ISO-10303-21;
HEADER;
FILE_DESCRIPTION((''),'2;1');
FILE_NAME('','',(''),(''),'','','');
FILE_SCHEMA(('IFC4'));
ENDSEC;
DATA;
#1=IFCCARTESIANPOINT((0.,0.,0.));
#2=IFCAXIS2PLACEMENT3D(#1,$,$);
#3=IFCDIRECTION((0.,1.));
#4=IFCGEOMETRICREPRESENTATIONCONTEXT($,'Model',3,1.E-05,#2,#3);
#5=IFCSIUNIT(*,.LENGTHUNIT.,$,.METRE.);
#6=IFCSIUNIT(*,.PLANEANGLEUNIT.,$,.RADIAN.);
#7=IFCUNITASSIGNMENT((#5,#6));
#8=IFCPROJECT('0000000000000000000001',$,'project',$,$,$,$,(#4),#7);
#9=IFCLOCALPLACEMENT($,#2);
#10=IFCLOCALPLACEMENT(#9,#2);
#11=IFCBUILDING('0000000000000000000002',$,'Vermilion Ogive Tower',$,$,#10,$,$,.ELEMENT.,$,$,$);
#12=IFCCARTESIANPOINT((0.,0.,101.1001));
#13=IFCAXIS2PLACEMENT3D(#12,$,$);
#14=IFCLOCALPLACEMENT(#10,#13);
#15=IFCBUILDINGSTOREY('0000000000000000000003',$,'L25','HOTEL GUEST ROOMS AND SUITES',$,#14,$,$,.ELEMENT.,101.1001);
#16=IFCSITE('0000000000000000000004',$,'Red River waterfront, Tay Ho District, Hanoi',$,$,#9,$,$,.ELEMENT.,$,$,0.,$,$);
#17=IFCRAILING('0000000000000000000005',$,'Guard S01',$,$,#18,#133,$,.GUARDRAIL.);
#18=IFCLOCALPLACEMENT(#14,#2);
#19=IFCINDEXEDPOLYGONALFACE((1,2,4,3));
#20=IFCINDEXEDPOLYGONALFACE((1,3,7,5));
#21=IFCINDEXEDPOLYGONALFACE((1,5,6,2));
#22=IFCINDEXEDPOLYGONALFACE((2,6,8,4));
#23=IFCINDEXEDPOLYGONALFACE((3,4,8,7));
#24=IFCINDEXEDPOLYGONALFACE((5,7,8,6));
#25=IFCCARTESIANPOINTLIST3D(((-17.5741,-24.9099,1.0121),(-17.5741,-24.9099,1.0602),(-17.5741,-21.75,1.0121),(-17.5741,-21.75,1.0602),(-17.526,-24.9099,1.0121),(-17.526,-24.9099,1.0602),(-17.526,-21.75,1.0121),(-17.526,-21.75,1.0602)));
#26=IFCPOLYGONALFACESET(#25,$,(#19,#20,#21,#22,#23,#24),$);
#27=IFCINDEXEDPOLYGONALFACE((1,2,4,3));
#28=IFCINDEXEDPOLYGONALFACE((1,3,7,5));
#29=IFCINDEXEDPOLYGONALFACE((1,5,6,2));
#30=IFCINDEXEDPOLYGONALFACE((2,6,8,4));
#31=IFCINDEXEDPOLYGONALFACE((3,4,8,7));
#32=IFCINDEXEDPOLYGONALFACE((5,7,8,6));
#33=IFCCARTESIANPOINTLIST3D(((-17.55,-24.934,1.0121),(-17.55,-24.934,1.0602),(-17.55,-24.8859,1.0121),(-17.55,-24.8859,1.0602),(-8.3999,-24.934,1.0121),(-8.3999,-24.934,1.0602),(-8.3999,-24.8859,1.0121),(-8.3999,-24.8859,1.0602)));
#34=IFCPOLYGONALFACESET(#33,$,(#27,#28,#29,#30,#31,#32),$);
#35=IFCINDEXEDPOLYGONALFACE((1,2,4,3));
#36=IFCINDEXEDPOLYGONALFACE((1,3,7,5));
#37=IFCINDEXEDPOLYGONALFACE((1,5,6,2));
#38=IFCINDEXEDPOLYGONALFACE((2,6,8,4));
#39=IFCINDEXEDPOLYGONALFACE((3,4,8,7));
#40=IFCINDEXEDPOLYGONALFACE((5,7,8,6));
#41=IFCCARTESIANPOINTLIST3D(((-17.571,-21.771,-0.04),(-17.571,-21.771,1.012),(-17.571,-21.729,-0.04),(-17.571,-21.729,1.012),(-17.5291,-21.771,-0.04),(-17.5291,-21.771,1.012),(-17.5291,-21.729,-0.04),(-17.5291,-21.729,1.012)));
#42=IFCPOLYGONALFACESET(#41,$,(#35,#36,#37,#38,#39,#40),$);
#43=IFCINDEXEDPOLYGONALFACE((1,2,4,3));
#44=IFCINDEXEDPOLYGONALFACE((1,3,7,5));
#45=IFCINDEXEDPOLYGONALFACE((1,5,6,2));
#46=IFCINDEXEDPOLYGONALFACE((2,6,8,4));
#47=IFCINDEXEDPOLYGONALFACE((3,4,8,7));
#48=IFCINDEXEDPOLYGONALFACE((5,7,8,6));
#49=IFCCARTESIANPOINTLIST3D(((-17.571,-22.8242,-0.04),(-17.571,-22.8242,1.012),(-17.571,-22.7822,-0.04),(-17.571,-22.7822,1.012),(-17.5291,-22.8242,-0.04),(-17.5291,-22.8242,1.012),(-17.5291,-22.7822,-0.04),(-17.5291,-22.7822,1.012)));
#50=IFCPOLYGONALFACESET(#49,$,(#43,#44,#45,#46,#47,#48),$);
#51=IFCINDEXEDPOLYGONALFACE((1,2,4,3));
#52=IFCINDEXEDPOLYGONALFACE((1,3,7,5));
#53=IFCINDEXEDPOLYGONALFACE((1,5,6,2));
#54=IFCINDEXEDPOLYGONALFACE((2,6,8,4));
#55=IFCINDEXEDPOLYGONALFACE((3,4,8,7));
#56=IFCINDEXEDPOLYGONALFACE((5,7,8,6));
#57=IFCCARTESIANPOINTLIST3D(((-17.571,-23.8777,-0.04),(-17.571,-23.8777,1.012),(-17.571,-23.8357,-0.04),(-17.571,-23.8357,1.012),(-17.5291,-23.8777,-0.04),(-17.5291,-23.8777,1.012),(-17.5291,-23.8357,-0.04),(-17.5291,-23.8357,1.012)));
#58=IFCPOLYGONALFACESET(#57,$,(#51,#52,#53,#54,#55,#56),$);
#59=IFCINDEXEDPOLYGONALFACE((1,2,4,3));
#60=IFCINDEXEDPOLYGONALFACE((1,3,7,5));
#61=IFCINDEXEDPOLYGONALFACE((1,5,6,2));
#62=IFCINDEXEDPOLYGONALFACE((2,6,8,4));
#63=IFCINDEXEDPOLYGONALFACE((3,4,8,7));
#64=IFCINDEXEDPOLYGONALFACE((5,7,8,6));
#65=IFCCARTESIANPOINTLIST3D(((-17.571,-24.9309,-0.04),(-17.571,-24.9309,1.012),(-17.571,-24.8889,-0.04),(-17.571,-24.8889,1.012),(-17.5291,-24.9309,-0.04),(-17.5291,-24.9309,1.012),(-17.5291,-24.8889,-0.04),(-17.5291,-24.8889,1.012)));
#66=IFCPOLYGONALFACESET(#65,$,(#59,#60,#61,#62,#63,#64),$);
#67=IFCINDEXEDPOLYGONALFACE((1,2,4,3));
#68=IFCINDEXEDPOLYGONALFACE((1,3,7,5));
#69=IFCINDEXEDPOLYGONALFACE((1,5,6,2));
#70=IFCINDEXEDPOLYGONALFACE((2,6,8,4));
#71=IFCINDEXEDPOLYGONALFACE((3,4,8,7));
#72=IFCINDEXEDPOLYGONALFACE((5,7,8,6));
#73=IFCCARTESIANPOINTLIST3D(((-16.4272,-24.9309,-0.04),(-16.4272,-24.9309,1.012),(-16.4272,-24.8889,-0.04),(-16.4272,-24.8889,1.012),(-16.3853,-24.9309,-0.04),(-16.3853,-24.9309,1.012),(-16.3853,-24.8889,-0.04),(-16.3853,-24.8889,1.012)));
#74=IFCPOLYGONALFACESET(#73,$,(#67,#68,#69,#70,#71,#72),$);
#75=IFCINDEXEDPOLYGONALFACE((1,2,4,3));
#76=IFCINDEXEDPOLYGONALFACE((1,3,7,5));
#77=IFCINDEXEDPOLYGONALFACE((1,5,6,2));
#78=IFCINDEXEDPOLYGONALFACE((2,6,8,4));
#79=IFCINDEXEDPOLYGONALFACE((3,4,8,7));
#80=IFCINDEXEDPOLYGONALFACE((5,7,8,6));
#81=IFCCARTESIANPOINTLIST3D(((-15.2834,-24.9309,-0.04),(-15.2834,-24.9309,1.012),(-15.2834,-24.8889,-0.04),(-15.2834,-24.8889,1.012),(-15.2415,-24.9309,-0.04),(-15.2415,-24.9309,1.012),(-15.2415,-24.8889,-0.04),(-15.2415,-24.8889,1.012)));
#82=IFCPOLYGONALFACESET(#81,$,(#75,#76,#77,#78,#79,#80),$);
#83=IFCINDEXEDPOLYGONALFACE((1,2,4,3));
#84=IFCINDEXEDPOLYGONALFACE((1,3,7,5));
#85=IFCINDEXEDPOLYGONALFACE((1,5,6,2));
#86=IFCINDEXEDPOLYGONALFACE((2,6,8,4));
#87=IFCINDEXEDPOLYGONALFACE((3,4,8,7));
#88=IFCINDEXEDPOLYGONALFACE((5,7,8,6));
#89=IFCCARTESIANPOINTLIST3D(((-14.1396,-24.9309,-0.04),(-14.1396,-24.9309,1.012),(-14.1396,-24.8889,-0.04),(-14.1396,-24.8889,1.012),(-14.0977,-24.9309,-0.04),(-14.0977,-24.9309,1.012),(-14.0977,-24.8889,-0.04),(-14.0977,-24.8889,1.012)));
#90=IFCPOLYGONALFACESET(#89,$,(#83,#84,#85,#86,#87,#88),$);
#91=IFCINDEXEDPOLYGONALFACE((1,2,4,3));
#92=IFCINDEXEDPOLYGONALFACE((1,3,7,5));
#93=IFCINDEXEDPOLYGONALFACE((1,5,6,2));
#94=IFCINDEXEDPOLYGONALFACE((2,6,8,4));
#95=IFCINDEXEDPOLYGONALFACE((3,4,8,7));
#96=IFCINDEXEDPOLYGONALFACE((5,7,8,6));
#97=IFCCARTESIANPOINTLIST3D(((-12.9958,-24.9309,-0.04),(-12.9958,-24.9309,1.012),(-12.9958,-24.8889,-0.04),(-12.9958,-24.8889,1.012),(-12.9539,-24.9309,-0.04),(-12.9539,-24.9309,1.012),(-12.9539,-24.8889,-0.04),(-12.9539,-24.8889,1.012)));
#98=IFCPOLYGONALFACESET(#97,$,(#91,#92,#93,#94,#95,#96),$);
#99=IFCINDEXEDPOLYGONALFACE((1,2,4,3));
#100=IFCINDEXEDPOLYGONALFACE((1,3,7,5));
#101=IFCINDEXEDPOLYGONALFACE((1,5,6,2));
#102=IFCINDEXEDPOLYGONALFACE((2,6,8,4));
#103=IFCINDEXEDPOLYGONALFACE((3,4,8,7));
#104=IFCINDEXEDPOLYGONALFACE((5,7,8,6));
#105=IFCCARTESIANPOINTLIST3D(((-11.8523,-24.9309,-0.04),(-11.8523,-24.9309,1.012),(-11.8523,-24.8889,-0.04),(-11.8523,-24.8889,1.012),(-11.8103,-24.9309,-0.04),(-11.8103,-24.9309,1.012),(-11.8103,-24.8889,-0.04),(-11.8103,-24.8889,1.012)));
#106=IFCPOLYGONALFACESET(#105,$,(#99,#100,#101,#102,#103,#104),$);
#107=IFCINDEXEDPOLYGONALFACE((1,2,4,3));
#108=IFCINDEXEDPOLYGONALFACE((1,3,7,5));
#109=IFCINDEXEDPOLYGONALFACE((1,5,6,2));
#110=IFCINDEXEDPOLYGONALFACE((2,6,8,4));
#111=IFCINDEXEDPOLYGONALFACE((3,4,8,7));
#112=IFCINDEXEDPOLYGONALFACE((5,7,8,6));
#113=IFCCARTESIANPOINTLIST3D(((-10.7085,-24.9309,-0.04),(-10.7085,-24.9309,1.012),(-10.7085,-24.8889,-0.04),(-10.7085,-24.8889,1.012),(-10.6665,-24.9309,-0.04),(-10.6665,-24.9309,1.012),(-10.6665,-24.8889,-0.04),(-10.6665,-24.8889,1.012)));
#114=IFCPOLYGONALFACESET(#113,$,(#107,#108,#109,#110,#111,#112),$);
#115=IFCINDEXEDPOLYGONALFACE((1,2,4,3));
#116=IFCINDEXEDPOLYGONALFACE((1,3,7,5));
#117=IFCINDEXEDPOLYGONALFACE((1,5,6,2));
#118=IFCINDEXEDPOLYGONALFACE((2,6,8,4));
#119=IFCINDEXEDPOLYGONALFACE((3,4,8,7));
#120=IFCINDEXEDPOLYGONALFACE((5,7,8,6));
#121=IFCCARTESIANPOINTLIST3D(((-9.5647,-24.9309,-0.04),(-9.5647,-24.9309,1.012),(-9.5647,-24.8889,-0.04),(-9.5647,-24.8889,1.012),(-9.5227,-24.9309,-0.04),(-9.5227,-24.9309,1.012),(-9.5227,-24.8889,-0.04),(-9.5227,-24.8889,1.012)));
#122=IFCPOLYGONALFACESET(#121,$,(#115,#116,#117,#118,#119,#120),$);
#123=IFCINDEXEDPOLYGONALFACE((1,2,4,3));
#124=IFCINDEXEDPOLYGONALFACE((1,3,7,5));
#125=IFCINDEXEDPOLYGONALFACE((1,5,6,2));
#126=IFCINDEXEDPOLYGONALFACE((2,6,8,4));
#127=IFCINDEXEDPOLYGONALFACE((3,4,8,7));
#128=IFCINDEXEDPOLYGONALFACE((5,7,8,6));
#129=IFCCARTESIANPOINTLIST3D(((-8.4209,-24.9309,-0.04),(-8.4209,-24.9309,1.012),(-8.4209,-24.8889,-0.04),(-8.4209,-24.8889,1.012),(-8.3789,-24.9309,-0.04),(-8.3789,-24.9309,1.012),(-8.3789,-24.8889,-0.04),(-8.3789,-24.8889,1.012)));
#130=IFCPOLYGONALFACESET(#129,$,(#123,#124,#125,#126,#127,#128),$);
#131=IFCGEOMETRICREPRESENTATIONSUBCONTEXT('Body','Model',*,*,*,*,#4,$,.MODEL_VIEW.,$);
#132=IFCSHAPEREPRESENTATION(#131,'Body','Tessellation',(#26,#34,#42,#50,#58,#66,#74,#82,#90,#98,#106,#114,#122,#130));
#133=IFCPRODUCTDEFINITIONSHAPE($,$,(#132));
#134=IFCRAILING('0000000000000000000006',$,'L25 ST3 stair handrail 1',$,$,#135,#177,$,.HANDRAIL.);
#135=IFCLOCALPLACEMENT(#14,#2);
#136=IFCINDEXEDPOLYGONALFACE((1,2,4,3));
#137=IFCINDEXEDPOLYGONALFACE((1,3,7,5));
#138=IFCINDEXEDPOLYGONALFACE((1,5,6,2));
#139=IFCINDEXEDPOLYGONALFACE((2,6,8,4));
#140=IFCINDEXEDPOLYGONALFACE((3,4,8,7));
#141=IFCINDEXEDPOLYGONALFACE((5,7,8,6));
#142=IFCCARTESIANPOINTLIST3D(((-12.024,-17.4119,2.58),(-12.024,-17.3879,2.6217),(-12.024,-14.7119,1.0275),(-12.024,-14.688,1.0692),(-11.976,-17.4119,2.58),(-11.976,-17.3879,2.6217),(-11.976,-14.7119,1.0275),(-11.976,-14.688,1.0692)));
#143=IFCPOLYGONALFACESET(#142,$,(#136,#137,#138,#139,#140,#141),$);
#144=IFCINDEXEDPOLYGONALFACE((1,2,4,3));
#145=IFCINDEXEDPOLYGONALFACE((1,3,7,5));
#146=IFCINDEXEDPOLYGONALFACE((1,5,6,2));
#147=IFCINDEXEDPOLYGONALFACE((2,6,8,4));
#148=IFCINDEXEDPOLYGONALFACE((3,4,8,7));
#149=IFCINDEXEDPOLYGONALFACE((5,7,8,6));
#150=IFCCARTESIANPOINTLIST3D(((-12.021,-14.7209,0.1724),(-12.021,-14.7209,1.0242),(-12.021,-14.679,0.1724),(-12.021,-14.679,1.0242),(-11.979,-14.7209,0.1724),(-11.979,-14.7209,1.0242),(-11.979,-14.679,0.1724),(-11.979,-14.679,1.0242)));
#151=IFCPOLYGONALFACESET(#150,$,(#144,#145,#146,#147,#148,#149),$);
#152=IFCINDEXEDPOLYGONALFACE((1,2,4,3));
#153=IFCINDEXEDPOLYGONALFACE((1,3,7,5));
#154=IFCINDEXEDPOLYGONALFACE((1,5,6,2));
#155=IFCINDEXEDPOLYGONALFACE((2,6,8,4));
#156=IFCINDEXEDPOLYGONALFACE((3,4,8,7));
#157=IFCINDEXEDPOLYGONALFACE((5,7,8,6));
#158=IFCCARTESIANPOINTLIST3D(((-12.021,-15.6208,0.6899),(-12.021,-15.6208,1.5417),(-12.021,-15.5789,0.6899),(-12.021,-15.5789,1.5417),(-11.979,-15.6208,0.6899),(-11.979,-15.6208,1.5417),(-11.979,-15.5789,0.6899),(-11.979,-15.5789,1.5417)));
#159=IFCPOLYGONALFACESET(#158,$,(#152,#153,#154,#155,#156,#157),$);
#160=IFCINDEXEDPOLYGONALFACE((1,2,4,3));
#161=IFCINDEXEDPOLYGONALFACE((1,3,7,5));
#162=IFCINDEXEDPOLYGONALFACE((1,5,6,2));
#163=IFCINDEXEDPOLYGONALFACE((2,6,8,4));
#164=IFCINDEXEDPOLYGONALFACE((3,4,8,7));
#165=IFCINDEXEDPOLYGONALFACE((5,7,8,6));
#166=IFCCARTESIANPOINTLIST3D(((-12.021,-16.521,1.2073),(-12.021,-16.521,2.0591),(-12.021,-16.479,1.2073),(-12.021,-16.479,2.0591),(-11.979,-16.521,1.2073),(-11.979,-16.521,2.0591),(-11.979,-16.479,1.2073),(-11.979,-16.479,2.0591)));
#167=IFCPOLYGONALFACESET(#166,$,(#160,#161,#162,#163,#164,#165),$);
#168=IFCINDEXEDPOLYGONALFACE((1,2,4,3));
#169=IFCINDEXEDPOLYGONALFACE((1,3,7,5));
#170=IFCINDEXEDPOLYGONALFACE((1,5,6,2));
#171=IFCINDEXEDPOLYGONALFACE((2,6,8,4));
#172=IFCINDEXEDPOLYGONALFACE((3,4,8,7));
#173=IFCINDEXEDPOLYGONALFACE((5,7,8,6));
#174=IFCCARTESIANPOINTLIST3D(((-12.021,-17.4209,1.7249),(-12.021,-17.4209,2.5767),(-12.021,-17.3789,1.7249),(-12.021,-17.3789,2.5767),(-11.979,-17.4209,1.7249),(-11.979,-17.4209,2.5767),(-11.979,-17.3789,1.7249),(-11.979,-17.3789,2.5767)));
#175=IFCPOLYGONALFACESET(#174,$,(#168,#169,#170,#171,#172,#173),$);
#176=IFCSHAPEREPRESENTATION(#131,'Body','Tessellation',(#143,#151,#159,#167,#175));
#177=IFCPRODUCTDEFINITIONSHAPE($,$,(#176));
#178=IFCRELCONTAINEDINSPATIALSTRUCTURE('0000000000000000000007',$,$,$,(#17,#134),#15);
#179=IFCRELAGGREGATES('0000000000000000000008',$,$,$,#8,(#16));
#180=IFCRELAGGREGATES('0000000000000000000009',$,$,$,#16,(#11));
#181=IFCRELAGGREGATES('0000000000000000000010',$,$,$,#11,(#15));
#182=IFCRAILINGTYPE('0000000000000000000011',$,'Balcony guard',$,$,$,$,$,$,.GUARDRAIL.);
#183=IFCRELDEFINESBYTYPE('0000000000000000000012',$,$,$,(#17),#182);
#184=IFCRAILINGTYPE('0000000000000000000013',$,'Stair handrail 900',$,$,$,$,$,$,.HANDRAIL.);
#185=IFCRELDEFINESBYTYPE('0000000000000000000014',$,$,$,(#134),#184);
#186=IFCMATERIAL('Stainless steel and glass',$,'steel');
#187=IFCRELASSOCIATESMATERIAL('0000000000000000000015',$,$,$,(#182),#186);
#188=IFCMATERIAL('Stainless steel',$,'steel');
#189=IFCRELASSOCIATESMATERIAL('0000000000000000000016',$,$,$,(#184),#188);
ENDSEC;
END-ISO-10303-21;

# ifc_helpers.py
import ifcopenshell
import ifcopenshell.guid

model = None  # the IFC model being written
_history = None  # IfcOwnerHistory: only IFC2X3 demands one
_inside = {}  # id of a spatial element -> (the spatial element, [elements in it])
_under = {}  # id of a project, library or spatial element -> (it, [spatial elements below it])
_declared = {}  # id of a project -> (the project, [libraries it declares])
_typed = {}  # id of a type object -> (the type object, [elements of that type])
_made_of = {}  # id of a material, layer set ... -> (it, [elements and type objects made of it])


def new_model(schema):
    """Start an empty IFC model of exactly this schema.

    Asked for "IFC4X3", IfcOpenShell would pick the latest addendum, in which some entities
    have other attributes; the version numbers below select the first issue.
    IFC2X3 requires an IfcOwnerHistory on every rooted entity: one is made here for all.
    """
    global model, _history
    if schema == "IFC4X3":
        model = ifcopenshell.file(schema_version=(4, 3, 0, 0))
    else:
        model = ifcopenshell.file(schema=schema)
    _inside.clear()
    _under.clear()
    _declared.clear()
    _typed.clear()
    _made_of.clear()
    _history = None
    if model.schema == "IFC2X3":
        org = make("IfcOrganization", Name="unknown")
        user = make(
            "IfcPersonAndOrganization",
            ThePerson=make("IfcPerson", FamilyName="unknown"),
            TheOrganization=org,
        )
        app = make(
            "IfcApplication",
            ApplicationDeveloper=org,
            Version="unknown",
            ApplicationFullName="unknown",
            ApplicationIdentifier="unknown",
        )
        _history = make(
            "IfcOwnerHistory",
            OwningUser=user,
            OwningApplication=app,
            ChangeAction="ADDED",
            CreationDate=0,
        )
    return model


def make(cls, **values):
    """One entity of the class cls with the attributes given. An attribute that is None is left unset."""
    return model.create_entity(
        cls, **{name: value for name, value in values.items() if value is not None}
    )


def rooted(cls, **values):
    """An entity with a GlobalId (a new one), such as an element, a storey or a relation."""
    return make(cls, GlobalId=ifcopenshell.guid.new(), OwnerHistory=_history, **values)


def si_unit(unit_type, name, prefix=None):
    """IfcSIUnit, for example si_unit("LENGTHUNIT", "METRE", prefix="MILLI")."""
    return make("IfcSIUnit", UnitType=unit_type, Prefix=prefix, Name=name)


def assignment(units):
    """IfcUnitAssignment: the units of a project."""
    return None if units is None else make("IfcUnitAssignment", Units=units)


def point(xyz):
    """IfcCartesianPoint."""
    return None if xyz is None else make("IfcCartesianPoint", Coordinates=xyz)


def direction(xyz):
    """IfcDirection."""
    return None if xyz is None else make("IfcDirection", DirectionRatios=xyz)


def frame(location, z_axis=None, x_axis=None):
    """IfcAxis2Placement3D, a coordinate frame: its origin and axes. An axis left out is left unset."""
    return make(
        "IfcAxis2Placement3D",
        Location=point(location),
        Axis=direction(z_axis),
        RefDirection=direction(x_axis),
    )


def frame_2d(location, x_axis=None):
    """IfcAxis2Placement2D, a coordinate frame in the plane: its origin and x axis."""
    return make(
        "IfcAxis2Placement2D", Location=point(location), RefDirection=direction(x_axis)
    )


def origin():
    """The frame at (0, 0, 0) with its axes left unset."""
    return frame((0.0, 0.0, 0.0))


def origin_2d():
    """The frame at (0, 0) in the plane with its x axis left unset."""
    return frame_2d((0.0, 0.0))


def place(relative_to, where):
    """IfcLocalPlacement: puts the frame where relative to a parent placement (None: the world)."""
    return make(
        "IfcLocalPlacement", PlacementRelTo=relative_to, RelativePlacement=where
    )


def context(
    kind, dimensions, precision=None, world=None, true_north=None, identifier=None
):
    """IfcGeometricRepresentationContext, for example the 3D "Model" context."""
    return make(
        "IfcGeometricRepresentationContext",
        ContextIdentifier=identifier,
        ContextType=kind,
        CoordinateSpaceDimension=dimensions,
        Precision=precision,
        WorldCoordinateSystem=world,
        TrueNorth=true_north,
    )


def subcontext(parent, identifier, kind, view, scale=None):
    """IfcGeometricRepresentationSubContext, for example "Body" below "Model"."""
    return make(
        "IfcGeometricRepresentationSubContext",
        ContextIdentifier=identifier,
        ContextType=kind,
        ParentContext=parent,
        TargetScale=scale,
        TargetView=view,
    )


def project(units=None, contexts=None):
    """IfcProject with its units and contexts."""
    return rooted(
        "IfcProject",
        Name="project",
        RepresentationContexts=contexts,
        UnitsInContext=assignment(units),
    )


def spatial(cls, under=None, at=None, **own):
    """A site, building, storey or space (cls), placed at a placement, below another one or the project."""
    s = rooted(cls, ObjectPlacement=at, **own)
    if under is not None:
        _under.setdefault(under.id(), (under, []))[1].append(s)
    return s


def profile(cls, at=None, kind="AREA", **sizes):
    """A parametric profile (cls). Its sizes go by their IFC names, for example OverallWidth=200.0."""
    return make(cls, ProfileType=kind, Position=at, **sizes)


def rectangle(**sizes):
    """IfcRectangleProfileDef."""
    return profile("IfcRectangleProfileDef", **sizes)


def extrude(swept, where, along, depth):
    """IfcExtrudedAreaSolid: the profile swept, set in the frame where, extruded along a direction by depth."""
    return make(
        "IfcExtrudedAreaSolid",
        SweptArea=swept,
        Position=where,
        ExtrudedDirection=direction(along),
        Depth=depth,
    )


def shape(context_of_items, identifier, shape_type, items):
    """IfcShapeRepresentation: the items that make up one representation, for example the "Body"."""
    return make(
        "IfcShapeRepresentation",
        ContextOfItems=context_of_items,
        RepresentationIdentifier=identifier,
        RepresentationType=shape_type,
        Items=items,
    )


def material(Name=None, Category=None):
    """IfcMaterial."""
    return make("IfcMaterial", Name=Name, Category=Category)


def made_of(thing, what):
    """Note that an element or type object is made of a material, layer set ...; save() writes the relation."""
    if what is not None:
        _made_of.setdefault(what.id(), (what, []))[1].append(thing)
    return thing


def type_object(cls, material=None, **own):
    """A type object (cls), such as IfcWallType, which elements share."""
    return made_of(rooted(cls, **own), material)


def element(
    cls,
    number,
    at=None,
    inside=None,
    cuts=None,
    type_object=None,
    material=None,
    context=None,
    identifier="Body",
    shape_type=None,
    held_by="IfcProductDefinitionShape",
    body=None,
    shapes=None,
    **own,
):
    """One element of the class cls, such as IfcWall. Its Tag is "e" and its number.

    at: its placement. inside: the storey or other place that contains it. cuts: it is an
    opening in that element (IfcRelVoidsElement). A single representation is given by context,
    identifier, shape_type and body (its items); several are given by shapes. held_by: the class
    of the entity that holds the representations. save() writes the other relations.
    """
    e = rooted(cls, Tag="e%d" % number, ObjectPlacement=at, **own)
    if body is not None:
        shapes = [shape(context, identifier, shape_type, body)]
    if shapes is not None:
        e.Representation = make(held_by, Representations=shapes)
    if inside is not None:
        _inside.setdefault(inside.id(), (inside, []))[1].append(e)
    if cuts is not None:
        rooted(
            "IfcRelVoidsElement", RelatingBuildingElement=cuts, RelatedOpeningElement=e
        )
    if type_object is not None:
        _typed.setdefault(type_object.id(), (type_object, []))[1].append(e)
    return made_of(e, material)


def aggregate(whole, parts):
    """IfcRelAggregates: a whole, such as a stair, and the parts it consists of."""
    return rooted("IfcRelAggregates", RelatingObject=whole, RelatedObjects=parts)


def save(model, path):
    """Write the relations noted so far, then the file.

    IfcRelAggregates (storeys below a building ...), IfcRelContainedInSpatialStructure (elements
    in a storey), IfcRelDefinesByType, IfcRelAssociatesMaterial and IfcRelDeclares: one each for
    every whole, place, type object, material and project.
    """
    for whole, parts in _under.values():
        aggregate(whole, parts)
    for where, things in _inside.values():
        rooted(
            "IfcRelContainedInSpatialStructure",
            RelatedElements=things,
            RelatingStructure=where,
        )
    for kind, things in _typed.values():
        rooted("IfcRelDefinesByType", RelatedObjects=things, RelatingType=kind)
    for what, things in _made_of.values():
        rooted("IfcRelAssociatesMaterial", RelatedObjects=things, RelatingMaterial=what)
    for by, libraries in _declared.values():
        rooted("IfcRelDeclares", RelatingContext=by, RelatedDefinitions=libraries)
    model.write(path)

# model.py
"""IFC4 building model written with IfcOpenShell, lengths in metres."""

from ifc_helpers import new_model, si_unit, direction, frame, origin, origin_2d, place, context, subcontext, project, spatial, rectangle, extrude, material, type_object, element, save


model = new_model("IFC4")

# Units and contexts
model_context = context("Model", 3, precision=1e-05, world=origin(), true_north=direction((0.0, 1.0)))
body_context = subcontext(model_context, "Body", "Model", "MODEL_VIEW")
ifc_project = project(units=[si_unit("LENGTHUNIT", "METRE"), si_unit("PLANEANGLEUNIT", "RADIAN")], contexts=[model_context])

# Site, building, storey
site_placement = place(None, origin())
site = spatial("IfcSite", under=ifc_project, at=site_placement, Name="Red River waterfront, Tay Ho District, Hanoi", CompositionType="ELEMENT", RefElevation=0.0)
building_placement = place(site_placement, origin())
building = spatial("IfcBuilding", under=site, at=building_placement, Name="Vermilion Ogive Tower", CompositionType="ELEMENT")
storey_placement = place(building_placement, frame((0.0, 0.0, 101.1001)))
storey = spatial("IfcBuildingStorey", under=building, at=storey_placement, Name="L25", Description="HOTEL GUEST ROOMS AND SUITES", CompositionType="ELEMENT", Elevation=101.1001)

# Railings
ifc_material_1 = material(Name="Stainless steel and glass", Category="steel")
railing_type_1 = type_object("IfcRailingType", Name="Balcony guard", PredefinedType="GUARDRAIL", material=ifc_material_1)
railing_1_placement = place(storey_placement, frame((-17.55, -21.75, -0.04)))
element("IfcRailing", 1, at=railing_1_placement, inside=storey, type_object=railing_type_1, Name="Guard S01", PredefinedType="GUARDRAIL", context=body_context, shape_type="SweptSolid", body=[
    extrude(rectangle(XDim=0.0481, YDim=0.0481, at=origin_2d()), frame((0.0, 0.0, 1.0762), z_axis=(0.0, -1.0, 0.0), x_axis=(1.0, 0.0, 0.0)), (0.0, 0.0, 1.0), 3.1599),
    extrude(rectangle(XDim=0.0481, YDim=0.0481, at=origin_2d()), frame((0.0, -3.1599, 1.0762), z_axis=(1.0, 0.0, 0.0), x_axis=(0.0, 1.0, 0.0)), (0.0, 0.0, 1.0), 9.1501),
    extrude(rectangle(XDim=0.042, YDim=0.042, at=origin_2d()), origin(), (0.0, 0.0, 1.0), 1.052),
    extrude(rectangle(XDim=0.042, YDim=0.042, at=origin_2d()), frame((0.0, -1.0532, 0.0)), (0.0, 0.0, 1.0), 1.052),
    extrude(rectangle(XDim=0.042, YDim=0.042, at=origin_2d()), frame((0.0, -2.1067, 0.0)), (0.0, 0.0, 1.0), 1.052),
    extrude(rectangle(XDim=0.042, YDim=0.042, at=origin_2d()), frame((0.0, -3.1599, 0.0)), (0.0, 0.0, 1.0), 1.052),
    extrude(rectangle(XDim=0.042, YDim=0.042, at=origin_2d()), frame((1.1438, -3.1599, 0.0)), (0.0, 0.0, 1.0), 1.052),
    extrude(rectangle(XDim=0.042, YDim=0.042, at=origin_2d()), frame((2.2876, -3.1599, 0.0)), (0.0, 0.0, 1.0), 1.052),
    extrude(rectangle(XDim=0.042, YDim=0.042, at=origin_2d()), frame((3.4314, -3.1599, 0.0)), (0.0, 0.0, 1.0), 1.052),
    extrude(rectangle(XDim=0.042, YDim=0.042, at=origin_2d()), frame((4.5752, -3.1599, 0.0)), (0.0, 0.0, 1.0), 1.052),
    extrude(rectangle(XDim=0.042, YDim=0.042, at=origin_2d()), frame((5.7188, -3.1599, 0.0)), (0.0, 0.0, 1.0), 1.052),
    extrude(rectangle(XDim=0.042, YDim=0.042, at=origin_2d()), frame((6.8625, -3.1599, 0.0)), (0.0, 0.0, 1.0), 1.052),
    extrude(rectangle(XDim=0.042, YDim=0.042, at=origin_2d()), frame((8.0063, -3.1599, 0.0)), (0.0, 0.0, 1.0), 1.052),
    extrude(rectangle(XDim=0.042, YDim=0.042, at=origin_2d()), frame((9.1501, -3.1599, 0.0)), (0.0, 0.0, 1.0), 1.052),
])
ifc_material_2 = material(Name="Stainless steel", Category="steel")
railing_type_2 = type_object("IfcRailingType", Name="Stair handrail 900", PredefinedType="HANDRAIL", material=ifc_material_2)
railing_2_placement = place(storey_placement, frame((-12.0, -14.7, 0.1724)))
element("IfcRailing", 2, at=railing_2_placement, inside=storey, type_object=railing_type_2, Name="L25 ST3 stair handrail 1", PredefinedType="HANDRAIL", context=body_context, shape_type="SweptSolid", body=[
    extrude(rectangle(XDim=0.0481, YDim=0.0481, at=origin_2d()), frame((0.0, 0.0, 0.876), z_axis=(0.0, -0.866904, 0.498476), x_axis=(1.0, 0.0, 0.0)), (0.0, 0.0, 1.0), 3.1145),
    extrude(rectangle(XDim=0.042, YDim=0.042, at=origin_2d()), origin(), (0.0, 0.0, 1.0), 0.8518),
    extrude(rectangle(XDim=0.042, YDim=0.042, at=origin_2d()), frame((0.0, -0.8999, 0.5176)), (0.0, 0.0, 1.0), 0.8518),
    extrude(rectangle(XDim=0.042, YDim=0.042, at=origin_2d()), frame((0.0, -1.8, 1.0349)), (0.0, 0.0, 1.0), 0.8518),
    extrude(rectangle(XDim=0.042, YDim=0.042, at=origin_2d()), frame((0.0, -2.7, 1.5525)), (0.0, 0.0, 1.0), 0.8518),
])

save(model, "model.ifc")
